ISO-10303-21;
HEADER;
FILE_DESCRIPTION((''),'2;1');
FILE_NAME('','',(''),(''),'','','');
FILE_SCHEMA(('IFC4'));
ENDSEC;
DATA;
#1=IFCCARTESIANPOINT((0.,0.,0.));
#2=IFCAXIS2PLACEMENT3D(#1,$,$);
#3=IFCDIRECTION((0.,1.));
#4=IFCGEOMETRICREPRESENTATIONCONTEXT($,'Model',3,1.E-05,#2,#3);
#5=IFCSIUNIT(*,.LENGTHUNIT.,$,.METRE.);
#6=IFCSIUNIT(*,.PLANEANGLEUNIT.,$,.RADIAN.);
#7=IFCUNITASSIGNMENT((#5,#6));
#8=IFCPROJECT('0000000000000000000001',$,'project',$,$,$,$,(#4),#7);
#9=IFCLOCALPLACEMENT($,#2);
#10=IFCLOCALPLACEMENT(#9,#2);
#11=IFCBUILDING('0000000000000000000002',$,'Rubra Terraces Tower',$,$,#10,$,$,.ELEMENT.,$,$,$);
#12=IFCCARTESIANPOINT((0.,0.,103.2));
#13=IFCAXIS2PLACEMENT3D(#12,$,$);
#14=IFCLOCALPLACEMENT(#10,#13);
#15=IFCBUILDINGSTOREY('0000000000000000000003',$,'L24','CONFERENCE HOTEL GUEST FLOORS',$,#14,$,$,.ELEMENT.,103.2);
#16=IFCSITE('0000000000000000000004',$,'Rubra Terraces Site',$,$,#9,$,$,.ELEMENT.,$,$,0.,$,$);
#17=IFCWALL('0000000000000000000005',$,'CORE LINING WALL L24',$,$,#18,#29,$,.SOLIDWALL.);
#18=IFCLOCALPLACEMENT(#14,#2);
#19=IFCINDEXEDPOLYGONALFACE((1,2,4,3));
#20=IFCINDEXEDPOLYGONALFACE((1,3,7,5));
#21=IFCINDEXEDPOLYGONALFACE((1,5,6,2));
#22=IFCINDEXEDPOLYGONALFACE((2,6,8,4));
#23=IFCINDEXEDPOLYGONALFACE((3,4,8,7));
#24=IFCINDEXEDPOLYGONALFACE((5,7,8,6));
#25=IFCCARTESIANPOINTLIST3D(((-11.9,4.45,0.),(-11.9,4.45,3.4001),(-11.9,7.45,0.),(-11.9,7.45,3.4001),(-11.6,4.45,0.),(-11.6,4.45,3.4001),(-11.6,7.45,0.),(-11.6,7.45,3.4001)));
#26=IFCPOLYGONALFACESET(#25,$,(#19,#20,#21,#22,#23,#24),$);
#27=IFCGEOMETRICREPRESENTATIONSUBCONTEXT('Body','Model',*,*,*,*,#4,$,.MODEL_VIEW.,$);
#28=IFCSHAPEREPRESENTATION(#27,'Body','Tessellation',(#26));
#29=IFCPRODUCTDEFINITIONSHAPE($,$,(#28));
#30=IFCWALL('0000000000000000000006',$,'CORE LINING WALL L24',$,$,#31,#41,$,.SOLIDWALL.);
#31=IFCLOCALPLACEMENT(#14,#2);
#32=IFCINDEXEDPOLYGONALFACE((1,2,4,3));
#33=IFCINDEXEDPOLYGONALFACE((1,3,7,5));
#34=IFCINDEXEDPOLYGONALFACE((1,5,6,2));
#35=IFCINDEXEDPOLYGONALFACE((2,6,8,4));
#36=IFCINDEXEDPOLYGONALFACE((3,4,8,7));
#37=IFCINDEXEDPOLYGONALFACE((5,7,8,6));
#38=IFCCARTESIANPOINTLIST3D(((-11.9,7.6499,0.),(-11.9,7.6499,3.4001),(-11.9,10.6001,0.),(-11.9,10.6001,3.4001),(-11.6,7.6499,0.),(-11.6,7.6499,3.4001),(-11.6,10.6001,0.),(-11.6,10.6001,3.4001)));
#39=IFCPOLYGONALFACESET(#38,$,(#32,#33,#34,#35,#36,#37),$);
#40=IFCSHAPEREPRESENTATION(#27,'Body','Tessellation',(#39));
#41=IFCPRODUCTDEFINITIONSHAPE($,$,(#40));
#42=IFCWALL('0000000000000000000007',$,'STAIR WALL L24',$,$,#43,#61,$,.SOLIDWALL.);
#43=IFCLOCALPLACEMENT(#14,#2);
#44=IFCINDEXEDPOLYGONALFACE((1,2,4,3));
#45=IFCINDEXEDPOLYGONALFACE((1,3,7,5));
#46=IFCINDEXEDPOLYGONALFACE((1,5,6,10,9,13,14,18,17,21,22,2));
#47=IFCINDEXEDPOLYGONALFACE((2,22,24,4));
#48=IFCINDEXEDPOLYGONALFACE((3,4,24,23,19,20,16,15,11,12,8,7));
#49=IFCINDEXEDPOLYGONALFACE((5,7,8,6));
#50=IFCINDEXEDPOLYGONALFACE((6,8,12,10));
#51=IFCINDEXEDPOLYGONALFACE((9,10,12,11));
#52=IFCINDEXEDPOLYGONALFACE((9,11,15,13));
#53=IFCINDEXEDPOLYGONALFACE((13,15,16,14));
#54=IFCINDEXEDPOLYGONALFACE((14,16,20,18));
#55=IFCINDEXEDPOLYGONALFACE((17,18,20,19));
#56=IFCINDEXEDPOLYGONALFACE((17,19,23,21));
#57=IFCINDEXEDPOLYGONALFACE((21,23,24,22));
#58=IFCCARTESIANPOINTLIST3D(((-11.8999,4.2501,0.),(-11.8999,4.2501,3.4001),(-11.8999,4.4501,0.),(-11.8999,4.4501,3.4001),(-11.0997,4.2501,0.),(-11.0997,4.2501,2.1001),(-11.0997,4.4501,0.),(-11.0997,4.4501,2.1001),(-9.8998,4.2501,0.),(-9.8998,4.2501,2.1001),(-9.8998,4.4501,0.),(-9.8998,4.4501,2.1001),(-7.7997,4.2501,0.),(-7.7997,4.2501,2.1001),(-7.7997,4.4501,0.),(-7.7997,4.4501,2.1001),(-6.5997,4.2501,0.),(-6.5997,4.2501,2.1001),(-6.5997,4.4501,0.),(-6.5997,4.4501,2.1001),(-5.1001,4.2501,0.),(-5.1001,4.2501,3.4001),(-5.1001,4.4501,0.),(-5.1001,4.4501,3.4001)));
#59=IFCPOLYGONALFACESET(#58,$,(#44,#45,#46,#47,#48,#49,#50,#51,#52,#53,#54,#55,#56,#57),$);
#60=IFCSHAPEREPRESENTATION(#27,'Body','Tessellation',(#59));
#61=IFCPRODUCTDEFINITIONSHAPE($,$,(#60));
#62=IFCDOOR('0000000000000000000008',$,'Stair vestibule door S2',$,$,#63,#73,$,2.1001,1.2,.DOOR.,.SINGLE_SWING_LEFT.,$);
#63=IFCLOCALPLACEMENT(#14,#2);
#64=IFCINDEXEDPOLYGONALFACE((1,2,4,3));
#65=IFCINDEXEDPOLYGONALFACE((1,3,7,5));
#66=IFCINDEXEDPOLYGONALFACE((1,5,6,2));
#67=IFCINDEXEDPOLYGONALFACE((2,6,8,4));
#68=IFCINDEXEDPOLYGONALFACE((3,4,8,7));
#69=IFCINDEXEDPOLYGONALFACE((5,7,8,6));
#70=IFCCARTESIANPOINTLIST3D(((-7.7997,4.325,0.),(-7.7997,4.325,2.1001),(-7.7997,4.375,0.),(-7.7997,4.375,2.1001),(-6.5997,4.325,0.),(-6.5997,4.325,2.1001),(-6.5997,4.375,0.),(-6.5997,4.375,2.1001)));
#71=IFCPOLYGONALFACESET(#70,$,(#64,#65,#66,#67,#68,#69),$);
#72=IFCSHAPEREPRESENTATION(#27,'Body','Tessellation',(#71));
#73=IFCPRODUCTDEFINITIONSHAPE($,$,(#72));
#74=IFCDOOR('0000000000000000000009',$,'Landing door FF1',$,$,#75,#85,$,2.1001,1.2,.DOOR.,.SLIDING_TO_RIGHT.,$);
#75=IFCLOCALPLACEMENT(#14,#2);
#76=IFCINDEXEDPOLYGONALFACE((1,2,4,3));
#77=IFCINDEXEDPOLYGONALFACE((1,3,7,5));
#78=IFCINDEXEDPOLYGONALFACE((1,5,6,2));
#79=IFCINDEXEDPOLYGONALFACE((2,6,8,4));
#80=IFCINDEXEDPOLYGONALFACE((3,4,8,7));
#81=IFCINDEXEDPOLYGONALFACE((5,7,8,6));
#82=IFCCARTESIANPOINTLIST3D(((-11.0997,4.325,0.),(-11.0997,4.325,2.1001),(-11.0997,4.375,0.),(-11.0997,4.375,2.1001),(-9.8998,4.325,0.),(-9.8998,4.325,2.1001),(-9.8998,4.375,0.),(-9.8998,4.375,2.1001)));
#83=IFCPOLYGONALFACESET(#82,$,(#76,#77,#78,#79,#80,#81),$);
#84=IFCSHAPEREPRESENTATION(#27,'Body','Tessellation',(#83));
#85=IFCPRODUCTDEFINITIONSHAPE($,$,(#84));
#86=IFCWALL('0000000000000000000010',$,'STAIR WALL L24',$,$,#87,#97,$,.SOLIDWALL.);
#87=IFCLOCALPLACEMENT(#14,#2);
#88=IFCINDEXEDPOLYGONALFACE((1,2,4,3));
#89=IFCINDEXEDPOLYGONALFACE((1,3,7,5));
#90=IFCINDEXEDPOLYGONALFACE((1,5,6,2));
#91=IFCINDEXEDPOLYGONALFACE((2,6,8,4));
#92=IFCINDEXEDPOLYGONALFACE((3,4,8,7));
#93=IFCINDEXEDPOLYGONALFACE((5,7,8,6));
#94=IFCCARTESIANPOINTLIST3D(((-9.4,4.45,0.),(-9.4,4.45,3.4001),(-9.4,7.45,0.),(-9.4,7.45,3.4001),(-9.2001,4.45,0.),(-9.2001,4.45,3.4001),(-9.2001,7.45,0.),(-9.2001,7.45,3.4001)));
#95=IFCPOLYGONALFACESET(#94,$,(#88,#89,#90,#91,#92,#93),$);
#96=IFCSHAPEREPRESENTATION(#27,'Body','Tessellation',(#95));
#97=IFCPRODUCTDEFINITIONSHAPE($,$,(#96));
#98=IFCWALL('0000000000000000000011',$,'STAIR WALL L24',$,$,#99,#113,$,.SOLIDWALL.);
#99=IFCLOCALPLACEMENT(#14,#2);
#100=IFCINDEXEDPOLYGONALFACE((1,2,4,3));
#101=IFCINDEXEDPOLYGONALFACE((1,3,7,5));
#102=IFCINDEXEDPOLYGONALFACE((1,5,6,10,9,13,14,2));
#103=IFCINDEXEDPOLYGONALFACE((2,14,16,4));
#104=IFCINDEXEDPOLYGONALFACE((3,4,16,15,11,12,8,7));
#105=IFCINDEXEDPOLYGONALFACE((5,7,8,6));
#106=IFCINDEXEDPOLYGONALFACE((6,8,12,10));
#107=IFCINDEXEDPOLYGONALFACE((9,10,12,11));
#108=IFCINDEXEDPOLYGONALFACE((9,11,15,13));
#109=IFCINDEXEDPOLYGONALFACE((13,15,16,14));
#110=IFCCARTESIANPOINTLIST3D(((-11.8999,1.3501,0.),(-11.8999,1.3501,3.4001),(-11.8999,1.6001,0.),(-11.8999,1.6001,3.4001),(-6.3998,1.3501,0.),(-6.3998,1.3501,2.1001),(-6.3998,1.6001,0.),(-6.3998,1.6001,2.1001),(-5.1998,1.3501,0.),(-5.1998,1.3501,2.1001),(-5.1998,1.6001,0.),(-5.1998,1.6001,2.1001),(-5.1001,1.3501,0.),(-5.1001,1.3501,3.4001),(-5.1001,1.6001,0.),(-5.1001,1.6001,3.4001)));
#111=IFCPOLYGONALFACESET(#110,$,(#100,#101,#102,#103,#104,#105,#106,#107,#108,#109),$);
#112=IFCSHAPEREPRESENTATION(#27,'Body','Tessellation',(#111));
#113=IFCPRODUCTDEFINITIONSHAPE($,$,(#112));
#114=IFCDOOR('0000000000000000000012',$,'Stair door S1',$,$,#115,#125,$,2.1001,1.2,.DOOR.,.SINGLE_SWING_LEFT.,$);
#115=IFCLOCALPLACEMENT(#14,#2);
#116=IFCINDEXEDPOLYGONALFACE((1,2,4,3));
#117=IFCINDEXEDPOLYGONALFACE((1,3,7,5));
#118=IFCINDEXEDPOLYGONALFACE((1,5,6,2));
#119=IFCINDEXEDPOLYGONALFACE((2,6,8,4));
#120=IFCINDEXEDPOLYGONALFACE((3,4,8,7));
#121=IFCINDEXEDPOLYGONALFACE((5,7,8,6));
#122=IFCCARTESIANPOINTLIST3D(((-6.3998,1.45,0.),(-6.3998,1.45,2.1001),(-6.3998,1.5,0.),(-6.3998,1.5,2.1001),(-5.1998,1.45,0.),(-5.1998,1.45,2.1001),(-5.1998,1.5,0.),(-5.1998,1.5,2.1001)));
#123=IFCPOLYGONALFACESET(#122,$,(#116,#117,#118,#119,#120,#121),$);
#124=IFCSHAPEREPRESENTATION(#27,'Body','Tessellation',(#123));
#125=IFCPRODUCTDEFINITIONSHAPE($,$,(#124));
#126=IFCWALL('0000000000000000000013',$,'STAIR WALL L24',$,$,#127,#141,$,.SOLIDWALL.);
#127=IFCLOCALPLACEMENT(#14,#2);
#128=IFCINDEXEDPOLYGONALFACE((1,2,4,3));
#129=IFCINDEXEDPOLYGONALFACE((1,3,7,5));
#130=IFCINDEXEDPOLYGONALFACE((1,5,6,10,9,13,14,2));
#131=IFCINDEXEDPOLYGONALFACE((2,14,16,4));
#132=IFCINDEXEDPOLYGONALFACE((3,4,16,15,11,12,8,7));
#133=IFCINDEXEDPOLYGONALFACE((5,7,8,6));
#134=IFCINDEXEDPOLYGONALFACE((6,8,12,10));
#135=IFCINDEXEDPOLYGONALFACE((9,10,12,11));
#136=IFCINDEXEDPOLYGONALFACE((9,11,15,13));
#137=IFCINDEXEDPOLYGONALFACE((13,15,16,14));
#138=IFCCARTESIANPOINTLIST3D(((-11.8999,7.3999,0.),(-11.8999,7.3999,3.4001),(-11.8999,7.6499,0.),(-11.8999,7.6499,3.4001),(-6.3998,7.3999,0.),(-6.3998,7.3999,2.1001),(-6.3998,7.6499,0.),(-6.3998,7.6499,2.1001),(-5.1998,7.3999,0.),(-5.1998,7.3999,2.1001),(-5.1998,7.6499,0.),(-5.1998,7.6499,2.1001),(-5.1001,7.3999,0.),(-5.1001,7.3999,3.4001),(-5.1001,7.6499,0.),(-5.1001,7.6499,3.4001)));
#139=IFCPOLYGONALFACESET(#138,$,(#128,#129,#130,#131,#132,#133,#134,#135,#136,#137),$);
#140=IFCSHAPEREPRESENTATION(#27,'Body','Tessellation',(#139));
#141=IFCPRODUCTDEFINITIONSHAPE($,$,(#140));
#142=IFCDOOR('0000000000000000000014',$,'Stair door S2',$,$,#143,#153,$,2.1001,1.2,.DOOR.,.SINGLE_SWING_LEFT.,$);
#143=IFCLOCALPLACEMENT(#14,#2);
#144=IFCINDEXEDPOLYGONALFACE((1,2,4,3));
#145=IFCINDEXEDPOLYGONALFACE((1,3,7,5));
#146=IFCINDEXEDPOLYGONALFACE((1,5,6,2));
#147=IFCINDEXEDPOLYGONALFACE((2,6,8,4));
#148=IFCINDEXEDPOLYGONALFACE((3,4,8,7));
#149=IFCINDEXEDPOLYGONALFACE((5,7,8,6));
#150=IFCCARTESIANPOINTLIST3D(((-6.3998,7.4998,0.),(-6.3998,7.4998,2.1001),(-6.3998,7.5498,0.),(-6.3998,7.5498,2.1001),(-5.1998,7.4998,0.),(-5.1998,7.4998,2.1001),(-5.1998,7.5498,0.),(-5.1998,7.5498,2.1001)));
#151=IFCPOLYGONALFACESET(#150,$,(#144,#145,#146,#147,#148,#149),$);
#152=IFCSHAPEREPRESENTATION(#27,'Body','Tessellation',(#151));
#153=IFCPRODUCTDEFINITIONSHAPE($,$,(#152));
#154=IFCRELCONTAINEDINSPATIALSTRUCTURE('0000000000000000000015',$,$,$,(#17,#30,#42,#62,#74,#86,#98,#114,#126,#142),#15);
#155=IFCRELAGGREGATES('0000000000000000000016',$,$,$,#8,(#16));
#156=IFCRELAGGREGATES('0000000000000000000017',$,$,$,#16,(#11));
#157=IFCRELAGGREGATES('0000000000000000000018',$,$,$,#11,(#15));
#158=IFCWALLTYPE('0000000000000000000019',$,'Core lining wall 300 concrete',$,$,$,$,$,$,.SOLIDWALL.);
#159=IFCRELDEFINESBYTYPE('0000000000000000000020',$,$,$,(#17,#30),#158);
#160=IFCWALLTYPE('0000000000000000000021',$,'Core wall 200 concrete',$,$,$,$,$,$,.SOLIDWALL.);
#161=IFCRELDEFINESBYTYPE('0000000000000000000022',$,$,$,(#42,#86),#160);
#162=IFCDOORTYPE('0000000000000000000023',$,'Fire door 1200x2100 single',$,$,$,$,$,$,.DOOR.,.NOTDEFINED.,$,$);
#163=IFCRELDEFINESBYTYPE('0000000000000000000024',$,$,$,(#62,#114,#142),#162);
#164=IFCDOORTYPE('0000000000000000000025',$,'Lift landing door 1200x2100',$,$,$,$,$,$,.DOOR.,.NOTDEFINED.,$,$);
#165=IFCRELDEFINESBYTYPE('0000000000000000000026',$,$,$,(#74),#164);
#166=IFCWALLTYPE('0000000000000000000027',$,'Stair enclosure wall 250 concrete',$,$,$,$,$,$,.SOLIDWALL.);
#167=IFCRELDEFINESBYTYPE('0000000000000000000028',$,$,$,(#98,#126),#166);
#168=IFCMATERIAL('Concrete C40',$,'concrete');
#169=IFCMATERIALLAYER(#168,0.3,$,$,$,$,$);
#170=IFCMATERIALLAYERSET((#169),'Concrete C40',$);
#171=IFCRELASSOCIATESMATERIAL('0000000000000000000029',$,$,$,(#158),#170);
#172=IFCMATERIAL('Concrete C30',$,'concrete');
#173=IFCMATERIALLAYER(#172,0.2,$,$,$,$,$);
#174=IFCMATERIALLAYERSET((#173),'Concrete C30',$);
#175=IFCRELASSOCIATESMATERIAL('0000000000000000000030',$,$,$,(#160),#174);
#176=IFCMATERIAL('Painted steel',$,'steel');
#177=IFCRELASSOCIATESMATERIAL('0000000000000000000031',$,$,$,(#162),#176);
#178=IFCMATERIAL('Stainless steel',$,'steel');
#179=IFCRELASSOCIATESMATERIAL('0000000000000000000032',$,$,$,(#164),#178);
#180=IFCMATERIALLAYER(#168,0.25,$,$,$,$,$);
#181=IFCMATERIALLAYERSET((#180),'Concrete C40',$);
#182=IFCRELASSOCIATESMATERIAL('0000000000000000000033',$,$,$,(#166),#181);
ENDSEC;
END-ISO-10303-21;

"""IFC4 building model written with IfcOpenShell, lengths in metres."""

from ifc_helpers import new_model, si_unit, direction, frame, frame_2d, origin, place, context, subcontext, project, spatial, rectangle, extrude, material, layer, layer_set, type_object, element, fill, save


model = new_model("IFC4")

# Units and contexts
model_context = context("Model", 3, precision=1e-05, world=origin(), true_north=direction((0.0, 1.0)))
body_context = subcontext(model_context, "Body", "Model", "MODEL_VIEW")
ifc_project = project(units=[si_unit("LENGTHUNIT", "METRE"), si_unit("PLANEANGLEUNIT", "RADIAN")], contexts=[model_context])

# Site, building, storey
site_placement = place(None, origin())
site = spatial("IfcSite", under=ifc_project, at=site_placement, Name="Rubra Terraces Site", CompositionType="ELEMENT", RefElevation=0.0)
building_placement = place(site_placement, origin())
building = spatial("IfcBuilding", under=site, at=building_placement, Name="Rubra Terraces Tower", CompositionType="ELEMENT")
storey_placement = place(building_placement, frame((0.0, 0.0, 103.2)))
storey = spatial("IfcBuildingStorey", under=building, at=storey_placement, Name="L24", Description="CONFERENCE HOTEL GUEST FLOORS", CompositionType="ELEMENT", Elevation=103.2)

# Walls
ifc_material_1 = material(Name="Concrete C40", Category="concrete")
ifc_layer_1 = layer(ifc_material_1, 0.3)
ifc_layer_set_1 = layer_set([ifc_layer_1], Name="Concrete C40")
wall_type_1 = type_object("IfcWallType", Name="Core lining wall 300 concrete", PredefinedType="SOLIDWALL", material=ifc_layer_set_1)
wall_1_placement = place(storey_placement, frame((-11.75, 4.45, 0.0), z_axis=(0.0, 0.0, 1.0), x_axis=(0.0, 1.0, 0.0)))
element("IfcWall", 1, at=wall_1_placement, inside=storey, type_object=wall_type_1, Name="CORE LINING WALL L24", PredefinedType="SOLIDWALL", context=body_context, shape_type="SweptSolid", body=[
    extrude(rectangle(XDim=3.0, YDim=0.3, at=frame_2d((1.5, 0.0))), origin(), (0.0, 0.0, 1.0), 3.4001),
])
wall_2_placement = place(storey_placement, frame((-11.75, 7.6499, 0.0), z_axis=(0.0, 0.0, 1.0), x_axis=(0.0, 1.0, 0.0)))
element("IfcWall", 2, at=wall_2_placement, inside=storey, type_object=wall_type_1, Name="CORE LINING WALL L24", PredefinedType="SOLIDWALL", context=body_context, shape_type="SweptSolid", body=[
    extrude(rectangle(XDim=2.9502, YDim=0.3, at=frame_2d((1.4751, 0.0))), origin(), (0.0, 0.0, 1.0), 3.4001),
])

# Wall, openings, doors
ifc_material_2 = material(Name="Concrete C30", Category="concrete")
ifc_layer_2 = layer(ifc_material_2, 0.2)
ifc_layer_set_2 = layer_set([ifc_layer_2], Name="Concrete C30")
wall_type_2 = type_object("IfcWallType", Name="Core wall 200 concrete", PredefinedType="SOLIDWALL", material=ifc_layer_set_2)
wall_3_placement = place(storey_placement, frame((-11.8999, 4.3501, 0.0), z_axis=(0.0, 0.0, 1.0), x_axis=(1.0, 0.0, 0.0)))
wall_3 = element("IfcWall", 3, at=wall_3_placement, inside=storey, type_object=wall_type_2, Name="STAIR WALL L24", PredefinedType="SOLIDWALL", context=body_context, shape_type="SweptSolid", body=[
    extrude(rectangle(XDim=6.7998, YDim=0.2, at=frame_2d((3.3999, 0.0))), origin(), (0.0, 0.0, 1.0), 3.4001),
])
opening_1_placement = place(wall_3_placement, frame((4.1001, 0.0, 0.0)))
opening_1 = element("IfcOpeningElement", 4, at=opening_1_placement, cuts=wall_3, PredefinedType="OPENING", context=body_context, shape_type="SweptSolid", body=[
    extrude(rectangle(XDim=1.2, YDim=2.1001, at=frame_2d((0.6001, 1.05))), frame((0.0, 0.1099, 0.0), z_axis=(0.0, -1.0, 0.0), x_axis=(1.0, 0.0, 0.0)), (0.0, 0.0, 1.0), 0.22),
])
opening_2_placement = place(wall_3_placement, frame((0.8, 0.0, 0.0)))
opening_2 = element("IfcOpeningElement", 5, at=opening_2_placement, cuts=wall_3, PredefinedType="OPENING", context=body_context, shape_type="SweptSolid", body=[
    extrude(rectangle(XDim=1.2, YDim=2.1001, at=frame_2d((0.6001, 1.05))), frame((0.0, 0.1099, 0.0), z_axis=(0.0, -1.0, 0.0), x_axis=(1.0, 0.0, 0.0)), (0.0, 0.0, 1.0), 0.22),
])
ifc_material_3 = material(Name="Painted steel", Category="steel")
door_type_1 = type_object("IfcDoorType", Name="Fire door 1200x2100 single", OperationType="NOTDEFINED", PredefinedType="DOOR", material=ifc_material_3)
door_1_placement = place(opening_1_placement, origin())
door_1 = element("IfcDoor", 6, at=door_1_placement, inside=storey, type_object=door_type_1, Name="Stair vestibule door S2", OperationType="SINGLE_SWING_LEFT", OverallHeight=2.1001, OverallWidth=1.2, PredefinedType="DOOR", context=body_context, shape_type="SweptSolid", body=[
    extrude(rectangle(XDim=1.2, YDim=2.1001, at=frame_2d((0.6001, 1.05))), frame((0.0, 0.0249, 0.0), z_axis=(0.0, -1.0, 0.0), x_axis=(1.0, 0.0, 0.0)), (0.0, 0.0, 1.0), 0.05),
])
fill(opening_1, door_1)
ifc_material_4 = material(Name="Stainless steel", Category="steel")
door_type_2 = type_object("IfcDoorType", Name="Lift landing door 1200x2100", OperationType="NOTDEFINED", PredefinedType="DOOR", material=ifc_material_4)
door_2_placement = place(opening_2_placement, origin())
door_2 = element("IfcDoor", 7, at=door_2_placement, inside=storey, type_object=door_type_2, Name="Landing door FF1", OperationType="SLIDING_TO_RIGHT", OverallHeight=2.1001, OverallWidth=1.2, PredefinedType="DOOR", context=body_context, shape_type="SweptSolid", body=[
    extrude(rectangle(XDim=1.2, YDim=2.1001, at=frame_2d((0.6001, 1.05))), frame((0.0, 0.0249, 0.0), z_axis=(0.0, -1.0, 0.0), x_axis=(1.0, 0.0, 0.0)), (0.0, 0.0, 1.0), 0.05),
])
fill(opening_2, door_2)

# Wall
wall_4_placement = place(storey_placement, frame((-9.3, 4.45, 0.0), z_axis=(0.0, 0.0, 1.0), x_axis=(0.0, 1.0, 0.0)))
element("IfcWall", 8, at=wall_4_placement, inside=storey, type_object=wall_type_2, Name="STAIR WALL L24", PredefinedType="SOLIDWALL", context=body_context, shape_type="SweptSolid", body=[
    extrude(rectangle(XDim=3.0, YDim=0.2, at=frame_2d((1.5, 0.0))), origin(), (0.0, 0.0, 1.0), 3.4001),
])

# Walls, openings, doors
ifc_layer_3 = layer(ifc_material_1, 0.25)
ifc_layer_set_3 = layer_set([ifc_layer_3], Name="Concrete C40")
wall_type_3 = type_object("IfcWallType", Name="Stair enclosure wall 250 concrete", PredefinedType="SOLIDWALL", material=ifc_layer_set_3)
wall_5_placement = place(storey_placement, frame((-11.8999, 1.4751, 0.0), z_axis=(0.0, 0.0, 1.0), x_axis=(1.0, 0.0, 0.0)))
wall_5 = element("IfcWall", 9, at=wall_5_placement, inside=storey, type_object=wall_type_3, Name="STAIR WALL L24", PredefinedType="SOLIDWALL", context=body_context, shape_type="SweptSolid", body=[
    extrude(rectangle(XDim=6.7998, YDim=0.25, at=frame_2d((3.3999, 0.0))), origin(), (0.0, 0.0, 1.0), 3.4001),
])
opening_3_placement = place(wall_5_placement, frame((5.5, 0.0, 0.0)))
opening_3 = element("IfcOpeningElement", 10, at=opening_3_placement, cuts=wall_5, PredefinedType="OPENING", context=body_context, shape_type="SweptSolid", body=[
    extrude(rectangle(XDim=1.2, YDim=2.1001, at=frame_2d((0.6001, 1.05))), frame((0.0, 0.135, 0.0), z_axis=(0.0, -1.0, 0.0), x_axis=(1.0, 0.0, 0.0)), (0.0, 0.0, 1.0), 0.27),
])
door_3_placement = place(opening_3_placement, origin())
door_3 = element("IfcDoor", 11, at=door_3_placement, inside=storey, type_object=door_type_1, Name="Stair door S1", OperationType="SINGLE_SWING_LEFT", OverallHeight=2.1001, OverallWidth=1.2, PredefinedType="DOOR", context=body_context, shape_type="SweptSolid", body=[
    extrude(rectangle(XDim=1.2, YDim=2.1001, at=frame_2d((0.6001, 1.05))), frame((0.0, 0.0249, 0.0), z_axis=(0.0, -1.0, 0.0), x_axis=(1.0, 0.0, 0.0)), (0.0, 0.0, 1.0), 0.05),
])
fill(opening_3, door_3)
wall_6_placement = place(storey_placement, frame((-11.8999, 7.5249, 0.0), z_axis=(0.0, 0.0, 1.0), x_axis=(1.0, 0.0, 0.0)))
wall_6 = element("IfcWall", 12, at=wall_6_placement, inside=storey, type_object=wall_type_3, Name="STAIR WALL L24", PredefinedType="SOLIDWALL", context=body_context, shape_type="SweptSolid", body=[
    extrude(rectangle(XDim=6.7998, YDim=0.25, at=frame_2d((3.3999, 0.0))), origin(), (0.0, 0.0, 1.0), 3.4001),
])
opening_4_placement = place(wall_6_placement, frame((5.5, 0.0, 0.0)))
opening_4 = element("IfcOpeningElement", 13, at=opening_4_placement, cuts=wall_6, PredefinedType="OPENING", context=body_context, shape_type="SweptSolid", body=[
    extrude(rectangle(XDim=1.2, YDim=2.1001, at=frame_2d((0.6001, 1.05))), frame((0.0, 0.135, 0.0), z_axis=(0.0, -1.0, 0.0), x_axis=(1.0, 0.0, 0.0)), (0.0, 0.0, 1.0), 0.27),
])
door_4_placement = place(opening_4_placement, origin())
door_4 = element("IfcDoor", 14, at=door_4_placement, inside=storey, type_object=door_type_1, Name="Stair door S2", OperationType="SINGLE_SWING_LEFT", OverallHeight=2.1001, OverallWidth=1.2, PredefinedType="DOOR", context=body_context, shape_type="SweptSolid", body=[
    extrude(rectangle(XDim=1.2, YDim=2.1001, at=frame_2d((0.6001, 1.05))), frame((0.0, 0.0249, 0.0), z_axis=(0.0, -1.0, 0.0), x_axis=(1.0, 0.0, 0.0)), (0.0, 0.0, 1.0), 0.05),
])
fill(opening_4, door_4)

save(model, "model.ifc")
